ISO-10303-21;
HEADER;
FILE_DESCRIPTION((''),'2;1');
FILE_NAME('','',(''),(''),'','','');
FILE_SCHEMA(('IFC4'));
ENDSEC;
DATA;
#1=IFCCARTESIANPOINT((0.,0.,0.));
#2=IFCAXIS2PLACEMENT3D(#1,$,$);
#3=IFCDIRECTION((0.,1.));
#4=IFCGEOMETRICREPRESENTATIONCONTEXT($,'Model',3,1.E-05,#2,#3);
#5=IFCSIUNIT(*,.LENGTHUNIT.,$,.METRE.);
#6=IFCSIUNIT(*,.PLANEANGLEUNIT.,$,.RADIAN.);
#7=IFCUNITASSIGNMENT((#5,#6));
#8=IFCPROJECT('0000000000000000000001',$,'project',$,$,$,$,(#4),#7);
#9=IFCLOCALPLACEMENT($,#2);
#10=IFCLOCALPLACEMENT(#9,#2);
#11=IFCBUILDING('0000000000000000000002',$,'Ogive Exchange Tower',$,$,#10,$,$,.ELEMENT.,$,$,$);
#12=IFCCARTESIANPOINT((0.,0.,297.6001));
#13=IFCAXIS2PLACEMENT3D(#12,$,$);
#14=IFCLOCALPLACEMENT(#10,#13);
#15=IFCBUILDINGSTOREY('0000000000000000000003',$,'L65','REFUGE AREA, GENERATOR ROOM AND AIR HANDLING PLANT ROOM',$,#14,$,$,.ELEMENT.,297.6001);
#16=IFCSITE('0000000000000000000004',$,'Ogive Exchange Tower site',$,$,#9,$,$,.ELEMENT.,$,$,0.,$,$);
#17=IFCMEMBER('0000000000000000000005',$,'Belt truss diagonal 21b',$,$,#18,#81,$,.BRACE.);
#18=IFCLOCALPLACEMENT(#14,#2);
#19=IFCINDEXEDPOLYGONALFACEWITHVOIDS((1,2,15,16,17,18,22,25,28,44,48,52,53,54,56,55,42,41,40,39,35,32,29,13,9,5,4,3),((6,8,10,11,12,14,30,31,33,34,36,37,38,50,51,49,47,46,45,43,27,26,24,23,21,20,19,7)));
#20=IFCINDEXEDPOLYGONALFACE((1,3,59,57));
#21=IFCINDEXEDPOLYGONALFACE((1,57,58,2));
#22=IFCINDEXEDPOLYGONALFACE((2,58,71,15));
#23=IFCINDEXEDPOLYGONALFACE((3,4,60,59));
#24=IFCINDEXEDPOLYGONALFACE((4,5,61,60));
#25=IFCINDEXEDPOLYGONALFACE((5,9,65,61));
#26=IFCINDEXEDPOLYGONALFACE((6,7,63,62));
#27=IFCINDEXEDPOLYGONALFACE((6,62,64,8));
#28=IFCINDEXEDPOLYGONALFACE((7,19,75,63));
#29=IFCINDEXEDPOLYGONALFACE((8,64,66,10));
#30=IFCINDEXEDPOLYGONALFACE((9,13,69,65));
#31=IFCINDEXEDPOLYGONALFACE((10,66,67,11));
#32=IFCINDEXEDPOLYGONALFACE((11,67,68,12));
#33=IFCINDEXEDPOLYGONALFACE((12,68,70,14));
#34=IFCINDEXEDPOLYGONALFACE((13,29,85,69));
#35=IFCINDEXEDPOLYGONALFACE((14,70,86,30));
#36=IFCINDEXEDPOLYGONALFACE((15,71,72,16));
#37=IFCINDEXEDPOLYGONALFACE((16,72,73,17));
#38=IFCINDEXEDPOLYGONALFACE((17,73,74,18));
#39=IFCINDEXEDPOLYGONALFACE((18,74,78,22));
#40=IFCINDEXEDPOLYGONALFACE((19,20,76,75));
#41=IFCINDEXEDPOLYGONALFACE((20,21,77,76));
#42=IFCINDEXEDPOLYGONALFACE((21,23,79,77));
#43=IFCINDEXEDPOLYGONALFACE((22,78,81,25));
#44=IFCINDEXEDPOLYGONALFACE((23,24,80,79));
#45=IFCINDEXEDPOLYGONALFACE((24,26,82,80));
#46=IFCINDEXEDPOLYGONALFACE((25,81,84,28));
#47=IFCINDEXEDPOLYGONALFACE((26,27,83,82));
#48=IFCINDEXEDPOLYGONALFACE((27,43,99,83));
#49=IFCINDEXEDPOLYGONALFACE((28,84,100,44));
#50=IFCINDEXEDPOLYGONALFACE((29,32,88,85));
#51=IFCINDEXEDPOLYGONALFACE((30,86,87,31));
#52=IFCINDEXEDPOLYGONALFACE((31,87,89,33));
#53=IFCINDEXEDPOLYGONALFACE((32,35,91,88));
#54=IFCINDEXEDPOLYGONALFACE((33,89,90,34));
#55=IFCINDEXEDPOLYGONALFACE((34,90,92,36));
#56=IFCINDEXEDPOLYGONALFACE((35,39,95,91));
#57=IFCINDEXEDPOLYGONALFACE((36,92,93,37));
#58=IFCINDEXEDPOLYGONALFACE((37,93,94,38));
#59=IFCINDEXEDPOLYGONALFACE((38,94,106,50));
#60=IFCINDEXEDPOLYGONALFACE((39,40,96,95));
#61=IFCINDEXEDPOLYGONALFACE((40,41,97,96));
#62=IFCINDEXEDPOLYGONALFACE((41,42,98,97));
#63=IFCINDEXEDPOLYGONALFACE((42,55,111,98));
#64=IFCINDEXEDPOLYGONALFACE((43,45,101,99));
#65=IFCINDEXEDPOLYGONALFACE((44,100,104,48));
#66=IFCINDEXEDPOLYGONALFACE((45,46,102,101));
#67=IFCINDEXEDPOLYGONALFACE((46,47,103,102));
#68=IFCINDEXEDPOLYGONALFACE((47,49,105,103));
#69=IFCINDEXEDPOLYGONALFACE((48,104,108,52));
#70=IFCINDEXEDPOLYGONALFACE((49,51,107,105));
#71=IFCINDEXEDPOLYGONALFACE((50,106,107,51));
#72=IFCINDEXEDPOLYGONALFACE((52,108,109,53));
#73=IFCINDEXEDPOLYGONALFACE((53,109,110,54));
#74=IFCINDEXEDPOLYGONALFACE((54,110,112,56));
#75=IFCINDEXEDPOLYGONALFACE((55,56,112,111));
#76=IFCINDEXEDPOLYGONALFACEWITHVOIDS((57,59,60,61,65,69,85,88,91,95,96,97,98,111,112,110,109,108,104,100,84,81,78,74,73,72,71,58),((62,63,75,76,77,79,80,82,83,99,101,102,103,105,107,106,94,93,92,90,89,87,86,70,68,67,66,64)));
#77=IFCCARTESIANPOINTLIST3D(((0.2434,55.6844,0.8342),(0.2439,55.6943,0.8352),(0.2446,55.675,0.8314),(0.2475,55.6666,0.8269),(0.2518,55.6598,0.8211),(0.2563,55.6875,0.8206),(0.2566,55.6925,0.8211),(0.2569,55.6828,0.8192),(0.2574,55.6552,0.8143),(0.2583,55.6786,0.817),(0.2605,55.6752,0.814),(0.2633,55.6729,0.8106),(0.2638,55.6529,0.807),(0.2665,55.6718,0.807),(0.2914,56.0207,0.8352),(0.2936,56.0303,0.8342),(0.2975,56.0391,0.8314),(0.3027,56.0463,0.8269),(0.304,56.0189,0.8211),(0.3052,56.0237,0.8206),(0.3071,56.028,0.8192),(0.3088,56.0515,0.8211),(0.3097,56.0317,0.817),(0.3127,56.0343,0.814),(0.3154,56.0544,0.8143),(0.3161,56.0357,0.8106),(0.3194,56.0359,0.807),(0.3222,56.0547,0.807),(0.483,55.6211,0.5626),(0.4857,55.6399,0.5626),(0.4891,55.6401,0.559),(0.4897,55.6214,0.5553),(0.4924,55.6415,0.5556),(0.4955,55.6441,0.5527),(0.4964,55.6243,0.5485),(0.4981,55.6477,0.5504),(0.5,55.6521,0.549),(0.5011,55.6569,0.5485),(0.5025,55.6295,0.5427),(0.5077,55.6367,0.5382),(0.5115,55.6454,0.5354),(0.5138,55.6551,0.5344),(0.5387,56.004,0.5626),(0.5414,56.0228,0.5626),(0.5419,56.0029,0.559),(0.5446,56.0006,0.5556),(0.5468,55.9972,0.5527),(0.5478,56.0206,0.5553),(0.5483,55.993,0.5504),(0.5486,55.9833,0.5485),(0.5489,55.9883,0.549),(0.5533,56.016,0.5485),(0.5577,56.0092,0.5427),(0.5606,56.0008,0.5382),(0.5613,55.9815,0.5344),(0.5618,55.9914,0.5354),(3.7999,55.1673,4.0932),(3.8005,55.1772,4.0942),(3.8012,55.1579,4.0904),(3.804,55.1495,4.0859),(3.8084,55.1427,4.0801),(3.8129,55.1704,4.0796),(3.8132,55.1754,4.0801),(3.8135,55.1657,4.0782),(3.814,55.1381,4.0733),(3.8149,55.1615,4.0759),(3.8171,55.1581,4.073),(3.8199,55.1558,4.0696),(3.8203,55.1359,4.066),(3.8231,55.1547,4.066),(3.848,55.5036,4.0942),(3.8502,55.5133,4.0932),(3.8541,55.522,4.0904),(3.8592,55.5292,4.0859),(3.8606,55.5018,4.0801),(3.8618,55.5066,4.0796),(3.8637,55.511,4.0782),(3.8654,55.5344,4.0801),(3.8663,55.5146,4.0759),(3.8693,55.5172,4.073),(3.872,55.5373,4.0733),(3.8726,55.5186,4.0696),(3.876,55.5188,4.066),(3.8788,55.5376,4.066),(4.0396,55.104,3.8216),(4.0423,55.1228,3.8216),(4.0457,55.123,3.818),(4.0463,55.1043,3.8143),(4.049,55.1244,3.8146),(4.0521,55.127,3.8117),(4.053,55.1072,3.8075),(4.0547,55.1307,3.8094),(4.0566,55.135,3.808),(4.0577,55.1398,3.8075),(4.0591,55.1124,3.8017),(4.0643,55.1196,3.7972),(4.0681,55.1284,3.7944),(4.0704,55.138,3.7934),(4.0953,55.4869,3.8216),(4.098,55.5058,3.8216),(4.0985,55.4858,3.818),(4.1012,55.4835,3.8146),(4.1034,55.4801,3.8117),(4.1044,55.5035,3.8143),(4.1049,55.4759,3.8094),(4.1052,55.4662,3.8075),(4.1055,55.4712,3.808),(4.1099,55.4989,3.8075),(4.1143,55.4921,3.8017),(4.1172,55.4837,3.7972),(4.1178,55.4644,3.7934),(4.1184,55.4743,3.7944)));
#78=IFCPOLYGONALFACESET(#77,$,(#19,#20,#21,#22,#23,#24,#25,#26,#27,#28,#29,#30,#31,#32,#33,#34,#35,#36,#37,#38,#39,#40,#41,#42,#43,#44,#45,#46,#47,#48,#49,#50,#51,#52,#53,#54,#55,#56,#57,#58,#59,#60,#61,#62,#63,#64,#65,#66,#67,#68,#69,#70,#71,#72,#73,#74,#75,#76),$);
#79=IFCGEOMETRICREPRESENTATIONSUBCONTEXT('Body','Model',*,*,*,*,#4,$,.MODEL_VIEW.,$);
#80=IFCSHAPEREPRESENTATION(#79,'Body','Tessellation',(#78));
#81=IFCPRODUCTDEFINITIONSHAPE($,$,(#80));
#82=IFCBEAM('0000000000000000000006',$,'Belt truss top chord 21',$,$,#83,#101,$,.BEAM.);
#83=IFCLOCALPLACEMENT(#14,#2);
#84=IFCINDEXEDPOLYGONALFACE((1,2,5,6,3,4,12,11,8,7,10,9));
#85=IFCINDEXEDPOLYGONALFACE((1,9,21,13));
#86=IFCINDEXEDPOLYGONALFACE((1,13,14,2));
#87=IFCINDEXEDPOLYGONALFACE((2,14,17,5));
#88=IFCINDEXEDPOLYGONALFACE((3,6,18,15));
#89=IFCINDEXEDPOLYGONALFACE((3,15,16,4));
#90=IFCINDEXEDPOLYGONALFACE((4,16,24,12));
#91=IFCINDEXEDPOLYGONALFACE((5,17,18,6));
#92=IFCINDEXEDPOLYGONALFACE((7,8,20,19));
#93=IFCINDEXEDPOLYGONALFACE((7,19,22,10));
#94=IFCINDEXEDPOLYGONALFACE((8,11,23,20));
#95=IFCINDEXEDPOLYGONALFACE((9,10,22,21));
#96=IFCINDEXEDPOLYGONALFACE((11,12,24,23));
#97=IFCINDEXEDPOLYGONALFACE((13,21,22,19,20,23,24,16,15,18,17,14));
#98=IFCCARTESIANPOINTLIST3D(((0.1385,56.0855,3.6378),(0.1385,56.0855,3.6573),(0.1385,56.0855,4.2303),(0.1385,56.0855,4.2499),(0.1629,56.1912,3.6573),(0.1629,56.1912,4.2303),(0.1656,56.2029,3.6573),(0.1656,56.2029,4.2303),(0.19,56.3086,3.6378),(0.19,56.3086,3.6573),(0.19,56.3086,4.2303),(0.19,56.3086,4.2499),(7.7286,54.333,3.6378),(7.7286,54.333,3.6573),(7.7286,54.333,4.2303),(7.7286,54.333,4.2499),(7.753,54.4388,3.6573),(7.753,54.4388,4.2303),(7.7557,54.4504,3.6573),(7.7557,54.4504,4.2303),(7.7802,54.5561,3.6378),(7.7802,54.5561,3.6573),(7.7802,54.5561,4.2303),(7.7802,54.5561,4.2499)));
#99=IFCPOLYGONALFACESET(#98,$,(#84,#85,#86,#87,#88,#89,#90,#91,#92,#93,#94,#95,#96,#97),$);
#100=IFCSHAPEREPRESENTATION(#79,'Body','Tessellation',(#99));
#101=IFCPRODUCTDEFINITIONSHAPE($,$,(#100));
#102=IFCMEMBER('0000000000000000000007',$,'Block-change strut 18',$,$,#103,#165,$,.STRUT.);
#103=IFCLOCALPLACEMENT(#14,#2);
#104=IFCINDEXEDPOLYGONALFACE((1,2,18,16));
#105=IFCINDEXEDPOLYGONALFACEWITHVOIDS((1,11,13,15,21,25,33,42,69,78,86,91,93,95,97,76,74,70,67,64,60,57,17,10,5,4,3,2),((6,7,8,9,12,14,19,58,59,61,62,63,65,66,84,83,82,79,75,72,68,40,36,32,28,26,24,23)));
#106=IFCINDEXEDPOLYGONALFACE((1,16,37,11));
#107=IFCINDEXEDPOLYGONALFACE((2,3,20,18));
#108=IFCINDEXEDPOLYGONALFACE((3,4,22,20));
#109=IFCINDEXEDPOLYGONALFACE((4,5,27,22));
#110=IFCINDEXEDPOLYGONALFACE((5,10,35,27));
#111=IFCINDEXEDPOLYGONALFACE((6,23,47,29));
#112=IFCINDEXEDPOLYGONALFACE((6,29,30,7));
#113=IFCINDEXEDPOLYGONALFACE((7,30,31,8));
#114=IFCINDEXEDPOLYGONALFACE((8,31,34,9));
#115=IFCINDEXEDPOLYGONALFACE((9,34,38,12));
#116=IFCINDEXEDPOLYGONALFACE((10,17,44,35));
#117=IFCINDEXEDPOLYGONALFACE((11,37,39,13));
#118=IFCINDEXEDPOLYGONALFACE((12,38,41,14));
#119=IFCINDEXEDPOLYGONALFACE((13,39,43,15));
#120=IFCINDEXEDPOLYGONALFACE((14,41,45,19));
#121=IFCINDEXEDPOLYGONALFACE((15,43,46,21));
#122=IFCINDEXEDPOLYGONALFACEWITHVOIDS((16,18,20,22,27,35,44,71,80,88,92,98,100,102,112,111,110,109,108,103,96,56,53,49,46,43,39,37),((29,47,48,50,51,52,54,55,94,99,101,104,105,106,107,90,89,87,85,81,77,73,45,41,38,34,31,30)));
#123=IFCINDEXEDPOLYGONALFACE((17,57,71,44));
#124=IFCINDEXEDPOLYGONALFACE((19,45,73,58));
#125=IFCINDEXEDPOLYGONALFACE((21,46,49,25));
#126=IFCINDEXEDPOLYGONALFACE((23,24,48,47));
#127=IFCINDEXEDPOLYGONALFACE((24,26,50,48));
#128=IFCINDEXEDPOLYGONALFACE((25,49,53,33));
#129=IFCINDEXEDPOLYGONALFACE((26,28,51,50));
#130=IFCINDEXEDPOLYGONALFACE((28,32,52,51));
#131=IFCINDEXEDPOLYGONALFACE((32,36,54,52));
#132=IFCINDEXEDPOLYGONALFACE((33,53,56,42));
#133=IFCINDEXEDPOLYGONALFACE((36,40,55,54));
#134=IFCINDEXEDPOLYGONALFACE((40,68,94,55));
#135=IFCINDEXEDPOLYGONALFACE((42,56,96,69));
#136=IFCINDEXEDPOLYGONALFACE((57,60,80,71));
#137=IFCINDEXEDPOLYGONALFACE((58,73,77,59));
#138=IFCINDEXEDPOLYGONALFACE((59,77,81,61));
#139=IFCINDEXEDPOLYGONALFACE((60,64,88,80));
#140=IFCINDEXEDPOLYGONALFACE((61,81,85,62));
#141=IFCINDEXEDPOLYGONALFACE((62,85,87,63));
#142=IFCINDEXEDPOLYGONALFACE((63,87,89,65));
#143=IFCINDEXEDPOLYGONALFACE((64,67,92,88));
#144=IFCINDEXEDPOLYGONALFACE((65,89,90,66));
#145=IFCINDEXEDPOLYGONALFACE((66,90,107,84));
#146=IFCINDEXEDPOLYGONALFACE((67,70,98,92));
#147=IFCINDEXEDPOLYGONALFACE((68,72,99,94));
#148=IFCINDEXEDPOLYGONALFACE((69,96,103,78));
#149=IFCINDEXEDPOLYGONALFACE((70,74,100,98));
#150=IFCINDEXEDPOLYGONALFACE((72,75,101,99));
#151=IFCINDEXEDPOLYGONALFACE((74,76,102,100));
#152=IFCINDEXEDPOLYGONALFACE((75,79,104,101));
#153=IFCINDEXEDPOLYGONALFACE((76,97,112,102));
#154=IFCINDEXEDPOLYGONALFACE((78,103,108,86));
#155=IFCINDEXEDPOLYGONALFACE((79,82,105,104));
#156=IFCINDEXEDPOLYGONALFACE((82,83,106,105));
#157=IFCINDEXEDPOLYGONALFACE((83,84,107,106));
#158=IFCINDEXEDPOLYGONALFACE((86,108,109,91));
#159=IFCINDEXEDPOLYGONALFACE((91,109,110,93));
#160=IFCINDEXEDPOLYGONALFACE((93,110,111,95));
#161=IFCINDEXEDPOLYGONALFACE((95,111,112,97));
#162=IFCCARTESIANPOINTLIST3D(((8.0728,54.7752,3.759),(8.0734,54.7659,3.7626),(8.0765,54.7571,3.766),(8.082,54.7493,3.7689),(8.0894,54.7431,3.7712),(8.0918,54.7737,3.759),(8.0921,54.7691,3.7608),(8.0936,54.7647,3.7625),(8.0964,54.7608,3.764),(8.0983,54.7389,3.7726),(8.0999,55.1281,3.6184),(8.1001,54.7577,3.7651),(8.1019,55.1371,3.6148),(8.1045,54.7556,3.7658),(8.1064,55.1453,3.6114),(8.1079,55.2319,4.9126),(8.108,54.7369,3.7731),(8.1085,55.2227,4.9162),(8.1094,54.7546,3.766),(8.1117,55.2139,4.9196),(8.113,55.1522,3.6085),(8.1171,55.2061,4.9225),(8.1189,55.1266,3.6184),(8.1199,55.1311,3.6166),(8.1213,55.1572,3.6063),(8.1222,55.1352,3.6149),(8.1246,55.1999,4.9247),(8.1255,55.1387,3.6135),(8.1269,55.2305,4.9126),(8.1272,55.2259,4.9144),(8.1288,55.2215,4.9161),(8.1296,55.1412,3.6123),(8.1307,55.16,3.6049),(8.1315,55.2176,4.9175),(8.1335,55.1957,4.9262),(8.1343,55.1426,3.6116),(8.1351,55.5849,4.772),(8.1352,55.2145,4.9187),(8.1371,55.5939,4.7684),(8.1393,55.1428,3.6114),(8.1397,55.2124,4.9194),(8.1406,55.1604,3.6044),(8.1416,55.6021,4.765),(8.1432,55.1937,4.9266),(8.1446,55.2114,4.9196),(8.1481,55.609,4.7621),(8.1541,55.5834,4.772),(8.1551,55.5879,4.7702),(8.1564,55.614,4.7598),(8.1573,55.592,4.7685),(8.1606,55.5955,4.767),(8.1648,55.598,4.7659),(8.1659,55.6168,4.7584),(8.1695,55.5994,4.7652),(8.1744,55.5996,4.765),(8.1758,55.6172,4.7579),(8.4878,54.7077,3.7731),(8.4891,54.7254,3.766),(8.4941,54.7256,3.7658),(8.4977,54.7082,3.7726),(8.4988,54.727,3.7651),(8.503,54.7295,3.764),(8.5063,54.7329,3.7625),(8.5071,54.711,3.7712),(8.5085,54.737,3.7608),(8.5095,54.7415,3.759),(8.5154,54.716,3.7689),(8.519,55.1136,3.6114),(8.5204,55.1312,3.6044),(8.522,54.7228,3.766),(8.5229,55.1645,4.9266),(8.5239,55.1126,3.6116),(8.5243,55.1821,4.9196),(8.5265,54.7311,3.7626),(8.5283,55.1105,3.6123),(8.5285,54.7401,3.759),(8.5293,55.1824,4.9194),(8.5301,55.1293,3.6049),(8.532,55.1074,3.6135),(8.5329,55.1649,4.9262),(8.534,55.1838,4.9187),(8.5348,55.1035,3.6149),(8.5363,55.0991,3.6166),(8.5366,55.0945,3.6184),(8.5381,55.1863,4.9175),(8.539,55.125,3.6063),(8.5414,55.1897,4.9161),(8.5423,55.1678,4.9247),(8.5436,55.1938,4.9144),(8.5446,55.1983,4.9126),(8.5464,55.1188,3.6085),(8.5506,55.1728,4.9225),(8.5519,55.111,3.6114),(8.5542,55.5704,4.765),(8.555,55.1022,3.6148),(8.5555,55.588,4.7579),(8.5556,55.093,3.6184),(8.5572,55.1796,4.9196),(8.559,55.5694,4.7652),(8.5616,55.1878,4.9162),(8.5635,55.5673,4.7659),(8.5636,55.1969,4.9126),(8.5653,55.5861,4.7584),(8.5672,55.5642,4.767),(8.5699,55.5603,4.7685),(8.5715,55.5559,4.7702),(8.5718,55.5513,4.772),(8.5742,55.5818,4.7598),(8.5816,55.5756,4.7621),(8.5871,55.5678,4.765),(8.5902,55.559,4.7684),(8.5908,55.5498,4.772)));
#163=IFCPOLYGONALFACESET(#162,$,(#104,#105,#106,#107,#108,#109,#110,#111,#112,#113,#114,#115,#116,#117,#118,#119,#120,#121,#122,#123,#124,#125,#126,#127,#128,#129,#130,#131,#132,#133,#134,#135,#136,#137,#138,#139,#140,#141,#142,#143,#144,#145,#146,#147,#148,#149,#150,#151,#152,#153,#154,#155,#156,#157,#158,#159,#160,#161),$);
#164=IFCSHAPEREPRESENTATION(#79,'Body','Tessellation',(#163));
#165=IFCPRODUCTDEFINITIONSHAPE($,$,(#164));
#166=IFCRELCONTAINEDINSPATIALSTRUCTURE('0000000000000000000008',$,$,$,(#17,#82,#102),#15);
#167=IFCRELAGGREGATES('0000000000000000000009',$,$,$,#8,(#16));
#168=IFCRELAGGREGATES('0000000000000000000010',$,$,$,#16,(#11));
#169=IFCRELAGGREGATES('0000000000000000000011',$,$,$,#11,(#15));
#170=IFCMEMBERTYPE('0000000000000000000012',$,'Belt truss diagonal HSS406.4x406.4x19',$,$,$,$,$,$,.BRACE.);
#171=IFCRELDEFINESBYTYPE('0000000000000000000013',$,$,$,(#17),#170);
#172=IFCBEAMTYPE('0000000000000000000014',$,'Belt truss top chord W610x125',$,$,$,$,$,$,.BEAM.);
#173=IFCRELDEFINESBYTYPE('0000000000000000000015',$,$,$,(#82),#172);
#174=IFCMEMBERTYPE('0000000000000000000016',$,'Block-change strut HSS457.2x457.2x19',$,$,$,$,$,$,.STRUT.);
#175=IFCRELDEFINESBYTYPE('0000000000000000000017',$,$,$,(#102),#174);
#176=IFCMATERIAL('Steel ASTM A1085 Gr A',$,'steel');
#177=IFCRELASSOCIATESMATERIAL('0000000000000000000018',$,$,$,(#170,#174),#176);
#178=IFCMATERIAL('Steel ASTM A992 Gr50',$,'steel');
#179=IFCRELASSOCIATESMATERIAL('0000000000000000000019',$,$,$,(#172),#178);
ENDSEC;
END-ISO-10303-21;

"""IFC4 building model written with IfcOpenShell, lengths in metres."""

from ifc_helpers import new_model, si_unit, direction, frame, origin, origin_2d, place, context, subcontext, project, spatial, hollow_rectangle, i_section, extrude, material, material_profile, profile_set, type_object, element, save


model = new_model("IFC4")

# Units and contexts
model_context = context("Model", 3, precision=1e-05, world=origin(), true_north=direction((0.0, 1.0)))
body_context = subcontext(model_context, "Body", "Model", "MODEL_VIEW")
ifc_project = project(units=[si_unit("LENGTHUNIT", "METRE"), si_unit("PLANEANGLEUNIT", "RADIAN")], contexts=[model_context])

# Site, building, storey
site_placement = place(None, origin())
site = spatial("IfcSite", under=ifc_project, at=site_placement, Name="Ogive Exchange Tower site", CompositionType="ELEMENT", RefElevation=0.0)
building_placement = place(site_placement, origin())
building = spatial("IfcBuilding", under=site, at=building_placement, Name="Ogive Exchange Tower", CompositionType="ELEMENT")
storey_placement = place(building_placement, frame((0.0, 0.0, 297.6001)))
storey = spatial("IfcBuildingStorey", under=building, at=storey_placement, Name="L65", Description="REFUGE AREA, GENERATOR ROOM AND AIR HANDLING PLANT ROOM", CompositionType="ELEMENT", Elevation=297.6001)

# Shared definitions
ifc_material_1 = material(Name="Steel ASTM A992 Gr50", Category="steel")

# Member
ifc_material_2 = material(Name="Steel ASTM A1085 Gr A", Category="steel")
ifc_material_profile_1 = material_profile(ifc_material_2, hollow_rectangle(XDim=0.406, YDim=0.406, WallThickness=0.019, InnerFilletRadius=0.019, OuterFilletRadius=0.0381, at=origin_2d()), Name="HSS406.4x406.4x19")
ifc_profile_set_1 = profile_set([ifc_material_profile_1], Name="Steel ASTM A1085 Gr A")
member_type_1 = type_object("IfcMemberType", Name="Belt truss diagonal HSS406.4x406.4x19", PredefinedType="BRACE", material=ifc_profile_set_1)
member_1_placement = place(storey_placement, frame((0.4026, 55.8379, 0.6848), z_axis=(0.733081, -0.106581, 0.671739), x_axis=(0.143875, 0.989596, 0.0)))
element("IfcMember", 1, at=member_1_placement, inside=storey, type_object=member_type_1, Name="Belt truss diagonal 21b", PredefinedType="BRACE", context=body_context, shape_type="SweptSolid", body=[
    extrude(hollow_rectangle(XDim=0.406, YDim=0.406, WallThickness=0.019, InnerFilletRadius=0.019, OuterFilletRadius=0.0381, at=origin_2d()), origin(), (0.0, 0.0, 1.0), 4.8516),
])

# Beam
ifc_material_profile_2 = material_profile(ifc_material_1, i_section(OverallWidth=0.229, OverallDepth=0.6121, WebThickness=0.012, FlangeThickness=0.0195, at=origin_2d()), Name="W610x125")
ifc_profile_set_2 = profile_set([ifc_material_profile_2], Name="Steel ASTM A992 Gr50")
beam_type_1 = type_object("IfcBeamType", Name="Belt truss top chord W610x125", PredefinedType="BEAM", material=ifc_profile_set_2)
beam_1_placement = place(storey_placement, frame((7.7544, 54.4446, 3.9438), z_axis=(-0.974366, 0.224967, 0.0), x_axis=(-0.224967, -0.974366, 0.0)))
element("IfcBeam", 2, at=beam_1_placement, inside=storey, type_object=beam_type_1, Name="Belt truss top chord 21", PredefinedType="BEAM", context=body_context, shape_type="SweptSolid", body=[
    extrude(i_section(OverallWidth=0.229, OverallDepth=0.6121, WebThickness=0.012, FlangeThickness=0.0195, at=origin_2d()), origin(), (0.0, 0.0, 1.0), 7.7898),
])

# Member
ifc_material_profile_3 = material_profile(ifc_material_2, hollow_rectangle(XDim=0.457, YDim=0.457, WallThickness=0.019, InnerFilletRadius=0.019, OuterFilletRadius=0.0381, at=origin_2d()), Name="HSS457.2x457.2x19")
ifc_profile_set_3 = profile_set([ifc_material_profile_3], Name="Steel ASTM A1085 Gr A")
member_type_2 = type_object("IfcMemberType", Name="Block-change strut HSS457.2x457.2x19", PredefinedType="STRUT", material=ifc_profile_set_3)
member_2_placement = place(storey_placement, frame((8.3142, 54.9341, 3.6887), z_axis=(0.028324, 0.368018, 0.929387), x_axis=(-0.997051, 0.076737, 0.0)))
element("IfcMember", 3, at=member_2_placement, inside=storey, type_object=member_type_2, Name="Block-change strut 18", PredefinedType="STRUT", context=body_context, shape_type="SweptSolid", body=[
    extrude(hollow_rectangle(XDim=0.457, YDim=0.457, WallThickness=0.019, InnerFilletRadius=0.019, OuterFilletRadius=0.0381, at=origin_2d()), origin(), (0.0, 0.0, 1.0), 1.2412),
])

save(model, "model.ifc")
